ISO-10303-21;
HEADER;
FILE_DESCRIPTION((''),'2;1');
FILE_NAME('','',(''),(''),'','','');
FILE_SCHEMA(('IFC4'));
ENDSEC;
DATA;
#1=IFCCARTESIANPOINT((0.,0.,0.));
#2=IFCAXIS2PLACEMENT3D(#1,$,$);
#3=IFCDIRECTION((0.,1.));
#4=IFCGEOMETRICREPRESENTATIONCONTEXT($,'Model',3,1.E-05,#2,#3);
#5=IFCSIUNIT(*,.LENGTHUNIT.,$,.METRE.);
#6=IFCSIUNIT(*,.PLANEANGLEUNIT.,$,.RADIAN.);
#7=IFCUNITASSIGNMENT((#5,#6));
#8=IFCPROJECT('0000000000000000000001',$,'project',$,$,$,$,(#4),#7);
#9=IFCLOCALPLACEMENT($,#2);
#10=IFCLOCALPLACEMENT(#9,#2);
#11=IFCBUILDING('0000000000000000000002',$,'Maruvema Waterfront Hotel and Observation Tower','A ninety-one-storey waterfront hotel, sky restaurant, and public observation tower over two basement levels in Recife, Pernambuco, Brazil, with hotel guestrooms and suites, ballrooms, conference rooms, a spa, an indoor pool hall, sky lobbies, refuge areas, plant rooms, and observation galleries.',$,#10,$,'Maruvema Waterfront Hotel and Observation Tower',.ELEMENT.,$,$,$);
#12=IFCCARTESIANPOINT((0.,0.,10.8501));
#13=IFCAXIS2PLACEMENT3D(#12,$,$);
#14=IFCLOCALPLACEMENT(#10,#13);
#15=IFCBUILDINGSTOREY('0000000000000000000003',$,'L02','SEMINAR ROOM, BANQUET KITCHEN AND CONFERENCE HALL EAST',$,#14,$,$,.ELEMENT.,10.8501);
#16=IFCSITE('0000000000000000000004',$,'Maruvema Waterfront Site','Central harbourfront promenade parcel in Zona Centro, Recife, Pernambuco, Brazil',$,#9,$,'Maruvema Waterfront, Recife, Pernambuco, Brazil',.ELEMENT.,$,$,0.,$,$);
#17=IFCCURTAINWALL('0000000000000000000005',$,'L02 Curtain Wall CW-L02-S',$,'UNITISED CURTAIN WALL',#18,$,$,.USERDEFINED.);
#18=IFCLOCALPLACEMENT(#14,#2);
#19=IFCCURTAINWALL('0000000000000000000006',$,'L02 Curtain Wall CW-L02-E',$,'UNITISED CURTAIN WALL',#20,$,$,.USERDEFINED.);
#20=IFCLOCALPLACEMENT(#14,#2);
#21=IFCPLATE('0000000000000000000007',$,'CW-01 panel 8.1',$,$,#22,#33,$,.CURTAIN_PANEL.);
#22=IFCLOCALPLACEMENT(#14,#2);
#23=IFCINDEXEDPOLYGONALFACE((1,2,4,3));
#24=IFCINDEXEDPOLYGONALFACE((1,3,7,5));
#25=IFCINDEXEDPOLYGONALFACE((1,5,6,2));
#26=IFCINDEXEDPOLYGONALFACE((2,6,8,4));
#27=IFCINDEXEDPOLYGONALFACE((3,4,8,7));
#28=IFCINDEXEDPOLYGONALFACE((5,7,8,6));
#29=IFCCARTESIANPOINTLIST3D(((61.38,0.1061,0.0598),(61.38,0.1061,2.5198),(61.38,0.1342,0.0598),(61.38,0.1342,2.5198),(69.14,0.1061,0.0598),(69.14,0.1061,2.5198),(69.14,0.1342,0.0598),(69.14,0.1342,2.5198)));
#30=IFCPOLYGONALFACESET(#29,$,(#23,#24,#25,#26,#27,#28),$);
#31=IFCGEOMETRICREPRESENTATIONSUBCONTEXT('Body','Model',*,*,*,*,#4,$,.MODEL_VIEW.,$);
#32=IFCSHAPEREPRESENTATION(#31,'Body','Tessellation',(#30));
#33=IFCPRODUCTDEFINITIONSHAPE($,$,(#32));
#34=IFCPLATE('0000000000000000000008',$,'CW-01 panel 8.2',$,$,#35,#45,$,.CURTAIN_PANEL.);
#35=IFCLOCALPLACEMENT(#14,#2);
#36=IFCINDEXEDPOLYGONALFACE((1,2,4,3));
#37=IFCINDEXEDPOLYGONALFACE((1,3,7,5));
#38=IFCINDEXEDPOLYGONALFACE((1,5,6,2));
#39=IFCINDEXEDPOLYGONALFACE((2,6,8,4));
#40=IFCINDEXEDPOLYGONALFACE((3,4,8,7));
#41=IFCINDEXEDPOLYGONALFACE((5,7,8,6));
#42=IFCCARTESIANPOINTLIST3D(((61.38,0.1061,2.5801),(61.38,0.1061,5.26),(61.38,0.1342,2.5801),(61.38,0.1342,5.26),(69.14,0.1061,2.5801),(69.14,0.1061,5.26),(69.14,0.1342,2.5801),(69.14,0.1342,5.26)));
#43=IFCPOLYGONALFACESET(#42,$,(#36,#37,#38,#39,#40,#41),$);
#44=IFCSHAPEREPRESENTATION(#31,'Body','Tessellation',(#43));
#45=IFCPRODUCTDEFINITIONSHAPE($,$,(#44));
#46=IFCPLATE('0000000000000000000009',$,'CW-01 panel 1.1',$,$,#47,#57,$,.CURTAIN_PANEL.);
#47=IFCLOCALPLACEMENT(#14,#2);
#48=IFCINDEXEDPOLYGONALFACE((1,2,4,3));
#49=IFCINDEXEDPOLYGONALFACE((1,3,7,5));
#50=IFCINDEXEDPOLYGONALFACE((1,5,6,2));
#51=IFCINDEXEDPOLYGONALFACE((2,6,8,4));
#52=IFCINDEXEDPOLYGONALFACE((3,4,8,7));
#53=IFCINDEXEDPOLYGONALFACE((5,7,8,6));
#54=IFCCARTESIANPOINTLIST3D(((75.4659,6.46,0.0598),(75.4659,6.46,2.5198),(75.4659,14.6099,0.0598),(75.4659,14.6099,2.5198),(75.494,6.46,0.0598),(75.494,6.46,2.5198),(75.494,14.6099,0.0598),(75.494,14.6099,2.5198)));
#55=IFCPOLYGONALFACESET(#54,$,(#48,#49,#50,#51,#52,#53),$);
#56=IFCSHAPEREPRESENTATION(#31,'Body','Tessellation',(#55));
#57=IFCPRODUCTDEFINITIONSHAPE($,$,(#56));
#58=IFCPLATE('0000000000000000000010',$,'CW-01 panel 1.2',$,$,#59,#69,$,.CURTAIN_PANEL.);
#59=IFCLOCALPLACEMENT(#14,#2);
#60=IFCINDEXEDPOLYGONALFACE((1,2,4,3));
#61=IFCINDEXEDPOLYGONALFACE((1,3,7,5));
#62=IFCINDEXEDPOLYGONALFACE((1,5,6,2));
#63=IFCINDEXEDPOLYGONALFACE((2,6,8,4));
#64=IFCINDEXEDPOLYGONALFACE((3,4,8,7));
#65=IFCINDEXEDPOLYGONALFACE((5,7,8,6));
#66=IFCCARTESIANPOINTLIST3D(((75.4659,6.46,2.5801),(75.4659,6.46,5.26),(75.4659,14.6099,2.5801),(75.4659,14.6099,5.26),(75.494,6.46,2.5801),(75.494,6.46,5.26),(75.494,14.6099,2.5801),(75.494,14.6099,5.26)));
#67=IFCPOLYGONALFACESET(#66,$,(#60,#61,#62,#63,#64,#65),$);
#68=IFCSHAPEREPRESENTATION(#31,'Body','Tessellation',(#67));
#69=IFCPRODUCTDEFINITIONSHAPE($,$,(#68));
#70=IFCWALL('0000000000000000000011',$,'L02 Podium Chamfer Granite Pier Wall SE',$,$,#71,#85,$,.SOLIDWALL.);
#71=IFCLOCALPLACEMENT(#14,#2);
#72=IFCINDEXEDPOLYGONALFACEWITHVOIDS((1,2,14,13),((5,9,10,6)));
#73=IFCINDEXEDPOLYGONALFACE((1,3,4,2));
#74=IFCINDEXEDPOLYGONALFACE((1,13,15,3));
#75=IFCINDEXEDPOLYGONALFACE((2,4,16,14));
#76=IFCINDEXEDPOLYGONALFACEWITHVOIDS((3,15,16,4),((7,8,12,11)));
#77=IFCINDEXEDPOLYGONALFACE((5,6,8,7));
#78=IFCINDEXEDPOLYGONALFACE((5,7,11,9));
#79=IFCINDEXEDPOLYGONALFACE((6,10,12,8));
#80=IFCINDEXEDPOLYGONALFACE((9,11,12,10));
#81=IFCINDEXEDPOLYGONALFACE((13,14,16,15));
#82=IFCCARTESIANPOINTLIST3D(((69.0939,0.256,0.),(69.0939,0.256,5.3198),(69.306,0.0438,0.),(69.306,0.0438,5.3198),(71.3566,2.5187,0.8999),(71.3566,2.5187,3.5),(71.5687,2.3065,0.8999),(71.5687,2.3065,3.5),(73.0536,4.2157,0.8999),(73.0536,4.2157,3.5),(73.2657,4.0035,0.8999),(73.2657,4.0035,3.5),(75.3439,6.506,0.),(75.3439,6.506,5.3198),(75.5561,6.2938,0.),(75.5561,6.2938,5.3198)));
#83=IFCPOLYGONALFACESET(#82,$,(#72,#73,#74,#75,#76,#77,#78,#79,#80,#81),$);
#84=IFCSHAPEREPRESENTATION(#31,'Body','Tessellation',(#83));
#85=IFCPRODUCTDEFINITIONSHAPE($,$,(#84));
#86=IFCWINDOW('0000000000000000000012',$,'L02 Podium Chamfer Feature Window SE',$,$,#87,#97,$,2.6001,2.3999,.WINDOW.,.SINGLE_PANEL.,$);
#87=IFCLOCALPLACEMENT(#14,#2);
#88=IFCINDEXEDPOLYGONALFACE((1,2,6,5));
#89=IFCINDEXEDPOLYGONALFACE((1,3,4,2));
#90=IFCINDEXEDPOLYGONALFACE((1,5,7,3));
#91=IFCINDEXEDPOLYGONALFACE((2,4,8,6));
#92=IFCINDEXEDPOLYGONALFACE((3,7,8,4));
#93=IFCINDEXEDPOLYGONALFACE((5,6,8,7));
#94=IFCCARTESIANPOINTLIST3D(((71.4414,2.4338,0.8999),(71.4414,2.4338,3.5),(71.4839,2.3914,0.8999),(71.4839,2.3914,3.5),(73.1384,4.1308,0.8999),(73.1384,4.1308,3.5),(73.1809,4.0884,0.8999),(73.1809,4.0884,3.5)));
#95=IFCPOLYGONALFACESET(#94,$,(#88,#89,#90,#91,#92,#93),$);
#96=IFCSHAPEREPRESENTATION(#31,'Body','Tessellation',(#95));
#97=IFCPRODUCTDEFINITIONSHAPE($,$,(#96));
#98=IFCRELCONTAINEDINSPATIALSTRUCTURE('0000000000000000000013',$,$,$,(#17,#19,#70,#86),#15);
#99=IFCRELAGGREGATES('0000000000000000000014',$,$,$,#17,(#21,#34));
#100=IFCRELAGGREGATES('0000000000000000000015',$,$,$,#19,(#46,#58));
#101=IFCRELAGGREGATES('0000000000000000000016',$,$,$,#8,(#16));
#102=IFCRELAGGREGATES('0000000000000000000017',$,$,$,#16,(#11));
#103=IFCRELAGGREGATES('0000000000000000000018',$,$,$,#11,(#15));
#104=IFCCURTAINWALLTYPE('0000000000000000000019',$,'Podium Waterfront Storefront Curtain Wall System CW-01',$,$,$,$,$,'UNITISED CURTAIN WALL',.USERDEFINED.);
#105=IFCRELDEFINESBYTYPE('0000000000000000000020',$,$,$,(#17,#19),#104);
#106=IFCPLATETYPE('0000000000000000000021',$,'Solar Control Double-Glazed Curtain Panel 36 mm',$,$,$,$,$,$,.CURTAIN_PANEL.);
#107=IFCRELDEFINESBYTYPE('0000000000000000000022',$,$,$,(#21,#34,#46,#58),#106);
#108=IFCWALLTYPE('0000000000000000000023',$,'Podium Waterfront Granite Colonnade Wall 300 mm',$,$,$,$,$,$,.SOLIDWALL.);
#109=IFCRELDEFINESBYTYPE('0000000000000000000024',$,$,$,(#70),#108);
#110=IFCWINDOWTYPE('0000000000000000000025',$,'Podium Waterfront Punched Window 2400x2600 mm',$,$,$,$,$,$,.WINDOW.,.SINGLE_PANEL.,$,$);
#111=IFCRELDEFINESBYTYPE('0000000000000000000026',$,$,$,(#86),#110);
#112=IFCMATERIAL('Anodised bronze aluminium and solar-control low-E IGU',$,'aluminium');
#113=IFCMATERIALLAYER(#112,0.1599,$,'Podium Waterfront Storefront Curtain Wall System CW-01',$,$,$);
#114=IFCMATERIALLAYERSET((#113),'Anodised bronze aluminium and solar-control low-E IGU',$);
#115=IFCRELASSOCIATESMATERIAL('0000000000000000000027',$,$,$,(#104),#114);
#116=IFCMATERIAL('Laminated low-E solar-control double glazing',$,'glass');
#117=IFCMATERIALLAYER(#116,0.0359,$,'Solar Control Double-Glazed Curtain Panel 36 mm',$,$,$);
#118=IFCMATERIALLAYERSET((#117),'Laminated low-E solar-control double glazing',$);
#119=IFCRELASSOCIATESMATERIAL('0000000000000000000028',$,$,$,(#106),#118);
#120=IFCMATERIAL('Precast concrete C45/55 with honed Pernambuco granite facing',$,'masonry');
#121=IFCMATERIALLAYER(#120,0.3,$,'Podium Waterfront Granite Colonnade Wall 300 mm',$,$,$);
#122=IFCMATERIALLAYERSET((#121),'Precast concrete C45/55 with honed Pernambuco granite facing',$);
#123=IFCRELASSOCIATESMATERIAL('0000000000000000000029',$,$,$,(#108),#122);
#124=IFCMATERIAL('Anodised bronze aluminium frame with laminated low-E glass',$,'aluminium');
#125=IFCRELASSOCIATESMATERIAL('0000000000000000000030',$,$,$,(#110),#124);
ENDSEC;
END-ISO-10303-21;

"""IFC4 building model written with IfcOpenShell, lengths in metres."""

from ifc_helpers import new_model, si_unit, direction, frame, frame_2d, origin, origin_2d, place, context, subcontext, project, spatial, rectangle, extrude, material, layer, layer_set, type_object, element, fill, aggregate, save


model = new_model("IFC4")

# Units and contexts
model_context = context("Model", 3, precision=1e-05, world=origin(), true_north=direction((0.0, 1.0)))
body_context = subcontext(model_context, "Body", "Model", "MODEL_VIEW")
ifc_project = project(units=[si_unit("LENGTHUNIT", "METRE"), si_unit("PLANEANGLEUNIT", "RADIAN")], contexts=[model_context])

# Site, building, storey
site_placement = place(None, origin())
site = spatial("IfcSite", under=ifc_project, at=site_placement, Name="Maruvema Waterfront Site", Description="Central harbourfront promenade parcel in Zona Centro, Recife, Pernambuco, Brazil", LongName="Maruvema Waterfront, Recife, Pernambuco, Brazil", CompositionType="ELEMENT", RefElevation=0.0)
building_placement = place(site_placement, origin())
building = spatial("IfcBuilding", under=site, at=building_placement, Name="Maruvema Waterfront Hotel and Observation Tower", Description="A ninety-one-storey waterfront hotel, sky restaurant, and public observation tower over two basement levels in Recife, Pernambuco, Brazil, with hotel guestrooms and suites, ballrooms, conference rooms, a spa, an indoor pool hall, sky lobbies, refuge areas, plant rooms, and observation galleries.", LongName="Maruvema Waterfront Hotel and Observation Tower", CompositionType="ELEMENT")
storey_placement = place(building_placement, frame((0.0, 0.0, 10.8501)))
storey = spatial("IfcBuildingStorey", under=building, at=storey_placement, Name="L02", Description="SEMINAR ROOM, BANQUET KITCHEN AND CONFERENCE HALL EAST", CompositionType="ELEMENT", Elevation=10.8501)

# Curtain walls
ifc_material_1 = material(Name="Anodised bronze aluminium and solar-control low-E IGU", Category="aluminium")
ifc_layer_1 = layer(ifc_material_1, 0.1599, Name="Podium Waterfront Storefront Curtain Wall System CW-01")
ifc_layer_set_1 = layer_set([ifc_layer_1], Name="Anodised bronze aluminium and solar-control low-E IGU")
curtain_wall_type = type_object("IfcCurtainWallType", Name="Podium Waterfront Storefront Curtain Wall System CW-01", ElementType="UNITISED CURTAIN WALL", PredefinedType="USERDEFINED", material=ifc_layer_set_1)
curtain_wall_1_placement = place(storey_placement, origin())
curtain_wall_1 = element("IfcCurtainWall", 1, at=curtain_wall_1_placement, inside=storey, type_object=curtain_wall_type, Name="L02 Curtain Wall CW-L02-S", ObjectType="UNITISED CURTAIN WALL", PredefinedType="USERDEFINED")
curtain_wall_2_placement = place(storey_placement, origin())
curtain_wall_2 = element("IfcCurtainWall", 2, at=curtain_wall_2_placement, inside=storey, type_object=curtain_wall_type, Name="L02 Curtain Wall CW-L02-E", ObjectType="UNITISED CURTAIN WALL", PredefinedType="USERDEFINED")

# Plates
ifc_material_2 = material(Name="Laminated low-E solar-control double glazing", Category="glass")
ifc_layer_2 = layer(ifc_material_2, 0.0359, Name="Solar Control Double-Glazed Curtain Panel 36 mm")
ifc_layer_set_2 = layer_set([ifc_layer_2], Name="Laminated low-E solar-control double glazing")
plate_type = type_object("IfcPlateType", Name="Solar Control Double-Glazed Curtain Panel 36 mm", PredefinedType="CURTAIN_PANEL", material=ifc_layer_set_2)
plate_1_placement = place(storey_placement, frame((65.26, 0.1201, 0.0598), z_axis=(0.0, 0.0, 1.0), x_axis=(1.0, 0.0, 0.0)))
plate_1 = element("IfcPlate", 3, at=plate_1_placement, type_object=plate_type, Name="CW-01 panel 8.1", PredefinedType="CURTAIN_PANEL", context=body_context, shape_type="SweptSolid", body=[
    extrude(rectangle(XDim=7.76, YDim=0.0281, at=origin_2d()), origin(), (0.0, 0.0, 1.0), 2.46),
])
plate_2_placement = place(storey_placement, frame((65.26, 0.1201, 2.5801), z_axis=(0.0, 0.0, 1.0), x_axis=(1.0, 0.0, 0.0)))
plate_2 = element("IfcPlate", 4, at=plate_2_placement, type_object=plate_type, Name="CW-01 panel 8.2", PredefinedType="CURTAIN_PANEL", context=body_context, shape_type="SweptSolid", body=[
    extrude(rectangle(XDim=7.76, YDim=0.0281, at=origin_2d()), origin(), (0.0, 0.0, 1.0), 2.6799),
])
aggregate(curtain_wall_1, [plate_1, plate_2])
plate_3_placement = place(storey_placement, frame((75.48, 10.5349, 0.0598), z_axis=(0.0, 0.0, 1.0), x_axis=(0.0, 1.0, 0.0)))
plate_3 = element("IfcPlate", 5, at=plate_3_placement, type_object=plate_type, Name="CW-01 panel 1.1", PredefinedType="CURTAIN_PANEL", context=body_context, shape_type="SweptSolid", body=[
    extrude(rectangle(XDim=8.1499, YDim=0.0281, at=origin_2d()), origin(), (0.0, 0.0, 1.0), 2.46),
])
plate_4_placement = place(storey_placement, frame((75.48, 10.5349, 2.5801), z_axis=(0.0, 0.0, 1.0), x_axis=(0.0, 1.0, 0.0)))
plate_4 = element("IfcPlate", 6, at=plate_4_placement, type_object=plate_type, Name="CW-01 panel 1.2", PredefinedType="CURTAIN_PANEL", context=body_context, shape_type="SweptSolid", body=[
    extrude(rectangle(XDim=8.1499, YDim=0.0281, at=origin_2d()), origin(), (0.0, 0.0, 1.0), 2.6799),
])
aggregate(curtain_wall_2, [plate_3, plate_4])

# Wall, opening, window
ifc_material_3 = material(Name="Precast concrete C45/55 with honed Pernambuco granite facing", Category="masonry")
ifc_layer_3 = layer(ifc_material_3, 0.3, Name="Podium Waterfront Granite Colonnade Wall 300 mm")
ifc_layer_set_3 = layer_set([ifc_layer_3], Name="Precast concrete C45/55 with honed Pernambuco granite facing")
wall_type = type_object("IfcWallType", Name="Podium Waterfront Granite Colonnade Wall 300 mm", PredefinedType="SOLIDWALL", material=ifc_layer_set_3)
wall_placement = place(storey_placement, frame((69.2, 0.1499, 0.0), z_axis=(0.0, 0.0, 1.0), x_axis=(0.707107, 0.707107, 0.0)))
wall = element("IfcWall", 7, at=wall_placement, inside=storey, type_object=wall_type, Name="L02 Podium Chamfer Granite Pier Wall SE", PredefinedType="SOLIDWALL", context=body_context, shape_type="SweptSolid", body=[
    extrude(rectangle(XDim=8.8389, YDim=0.3, at=frame_2d((4.4194, 0.0))), origin(), (0.0, 0.0, 1.0), 5.3198),
])
opening_placement = place(wall_placement, frame((3.2, 0.0, 0.8999)))
opening = element("IfcOpeningElement", 8, at=opening_placement, cuts=wall, PredefinedType="OPENING", context=body_context, shape_type="SweptSolid", body=[
    extrude(rectangle(XDim=2.3999, YDim=2.6001, at=frame_2d((1.2, 1.3))), frame((0.0, 0.1602, 0.0), z_axis=(0.0, -1.0, 0.0), x_axis=(1.0, 0.0, 0.0)), (0.0, 0.0, 1.0), 0.3201),
])
ifc_material_4 = material(Name="Anodised bronze aluminium frame with laminated low-E glass", Category="aluminium")
window_type = type_object("IfcWindowType", Name="Podium Waterfront Punched Window 2400x2600 mm", PartitioningType="SINGLE_PANEL", PredefinedType="WINDOW", material=ifc_material_4)
window_placement = place(opening_placement, origin())
window = element("IfcWindow", 9, at=window_placement, inside=storey, type_object=window_type, Name="L02 Podium Chamfer Feature Window SE", OverallHeight=2.6001, OverallWidth=2.3999, PartitioningType="SINGLE_PANEL", PredefinedType="WINDOW", context=body_context, shape_type="SweptSolid", body=[
    extrude(rectangle(XDim=2.3999, YDim=2.6001, at=frame_2d((1.2, 1.3))), frame((0.0, 0.03, 0.0), z_axis=(0.0, -1.0, 0.0), x_axis=(1.0, 0.0, 0.0)), (0.0, 0.0, 1.0), 0.0601),
])
fill(opening, window)

save(model, "model.ifc")
